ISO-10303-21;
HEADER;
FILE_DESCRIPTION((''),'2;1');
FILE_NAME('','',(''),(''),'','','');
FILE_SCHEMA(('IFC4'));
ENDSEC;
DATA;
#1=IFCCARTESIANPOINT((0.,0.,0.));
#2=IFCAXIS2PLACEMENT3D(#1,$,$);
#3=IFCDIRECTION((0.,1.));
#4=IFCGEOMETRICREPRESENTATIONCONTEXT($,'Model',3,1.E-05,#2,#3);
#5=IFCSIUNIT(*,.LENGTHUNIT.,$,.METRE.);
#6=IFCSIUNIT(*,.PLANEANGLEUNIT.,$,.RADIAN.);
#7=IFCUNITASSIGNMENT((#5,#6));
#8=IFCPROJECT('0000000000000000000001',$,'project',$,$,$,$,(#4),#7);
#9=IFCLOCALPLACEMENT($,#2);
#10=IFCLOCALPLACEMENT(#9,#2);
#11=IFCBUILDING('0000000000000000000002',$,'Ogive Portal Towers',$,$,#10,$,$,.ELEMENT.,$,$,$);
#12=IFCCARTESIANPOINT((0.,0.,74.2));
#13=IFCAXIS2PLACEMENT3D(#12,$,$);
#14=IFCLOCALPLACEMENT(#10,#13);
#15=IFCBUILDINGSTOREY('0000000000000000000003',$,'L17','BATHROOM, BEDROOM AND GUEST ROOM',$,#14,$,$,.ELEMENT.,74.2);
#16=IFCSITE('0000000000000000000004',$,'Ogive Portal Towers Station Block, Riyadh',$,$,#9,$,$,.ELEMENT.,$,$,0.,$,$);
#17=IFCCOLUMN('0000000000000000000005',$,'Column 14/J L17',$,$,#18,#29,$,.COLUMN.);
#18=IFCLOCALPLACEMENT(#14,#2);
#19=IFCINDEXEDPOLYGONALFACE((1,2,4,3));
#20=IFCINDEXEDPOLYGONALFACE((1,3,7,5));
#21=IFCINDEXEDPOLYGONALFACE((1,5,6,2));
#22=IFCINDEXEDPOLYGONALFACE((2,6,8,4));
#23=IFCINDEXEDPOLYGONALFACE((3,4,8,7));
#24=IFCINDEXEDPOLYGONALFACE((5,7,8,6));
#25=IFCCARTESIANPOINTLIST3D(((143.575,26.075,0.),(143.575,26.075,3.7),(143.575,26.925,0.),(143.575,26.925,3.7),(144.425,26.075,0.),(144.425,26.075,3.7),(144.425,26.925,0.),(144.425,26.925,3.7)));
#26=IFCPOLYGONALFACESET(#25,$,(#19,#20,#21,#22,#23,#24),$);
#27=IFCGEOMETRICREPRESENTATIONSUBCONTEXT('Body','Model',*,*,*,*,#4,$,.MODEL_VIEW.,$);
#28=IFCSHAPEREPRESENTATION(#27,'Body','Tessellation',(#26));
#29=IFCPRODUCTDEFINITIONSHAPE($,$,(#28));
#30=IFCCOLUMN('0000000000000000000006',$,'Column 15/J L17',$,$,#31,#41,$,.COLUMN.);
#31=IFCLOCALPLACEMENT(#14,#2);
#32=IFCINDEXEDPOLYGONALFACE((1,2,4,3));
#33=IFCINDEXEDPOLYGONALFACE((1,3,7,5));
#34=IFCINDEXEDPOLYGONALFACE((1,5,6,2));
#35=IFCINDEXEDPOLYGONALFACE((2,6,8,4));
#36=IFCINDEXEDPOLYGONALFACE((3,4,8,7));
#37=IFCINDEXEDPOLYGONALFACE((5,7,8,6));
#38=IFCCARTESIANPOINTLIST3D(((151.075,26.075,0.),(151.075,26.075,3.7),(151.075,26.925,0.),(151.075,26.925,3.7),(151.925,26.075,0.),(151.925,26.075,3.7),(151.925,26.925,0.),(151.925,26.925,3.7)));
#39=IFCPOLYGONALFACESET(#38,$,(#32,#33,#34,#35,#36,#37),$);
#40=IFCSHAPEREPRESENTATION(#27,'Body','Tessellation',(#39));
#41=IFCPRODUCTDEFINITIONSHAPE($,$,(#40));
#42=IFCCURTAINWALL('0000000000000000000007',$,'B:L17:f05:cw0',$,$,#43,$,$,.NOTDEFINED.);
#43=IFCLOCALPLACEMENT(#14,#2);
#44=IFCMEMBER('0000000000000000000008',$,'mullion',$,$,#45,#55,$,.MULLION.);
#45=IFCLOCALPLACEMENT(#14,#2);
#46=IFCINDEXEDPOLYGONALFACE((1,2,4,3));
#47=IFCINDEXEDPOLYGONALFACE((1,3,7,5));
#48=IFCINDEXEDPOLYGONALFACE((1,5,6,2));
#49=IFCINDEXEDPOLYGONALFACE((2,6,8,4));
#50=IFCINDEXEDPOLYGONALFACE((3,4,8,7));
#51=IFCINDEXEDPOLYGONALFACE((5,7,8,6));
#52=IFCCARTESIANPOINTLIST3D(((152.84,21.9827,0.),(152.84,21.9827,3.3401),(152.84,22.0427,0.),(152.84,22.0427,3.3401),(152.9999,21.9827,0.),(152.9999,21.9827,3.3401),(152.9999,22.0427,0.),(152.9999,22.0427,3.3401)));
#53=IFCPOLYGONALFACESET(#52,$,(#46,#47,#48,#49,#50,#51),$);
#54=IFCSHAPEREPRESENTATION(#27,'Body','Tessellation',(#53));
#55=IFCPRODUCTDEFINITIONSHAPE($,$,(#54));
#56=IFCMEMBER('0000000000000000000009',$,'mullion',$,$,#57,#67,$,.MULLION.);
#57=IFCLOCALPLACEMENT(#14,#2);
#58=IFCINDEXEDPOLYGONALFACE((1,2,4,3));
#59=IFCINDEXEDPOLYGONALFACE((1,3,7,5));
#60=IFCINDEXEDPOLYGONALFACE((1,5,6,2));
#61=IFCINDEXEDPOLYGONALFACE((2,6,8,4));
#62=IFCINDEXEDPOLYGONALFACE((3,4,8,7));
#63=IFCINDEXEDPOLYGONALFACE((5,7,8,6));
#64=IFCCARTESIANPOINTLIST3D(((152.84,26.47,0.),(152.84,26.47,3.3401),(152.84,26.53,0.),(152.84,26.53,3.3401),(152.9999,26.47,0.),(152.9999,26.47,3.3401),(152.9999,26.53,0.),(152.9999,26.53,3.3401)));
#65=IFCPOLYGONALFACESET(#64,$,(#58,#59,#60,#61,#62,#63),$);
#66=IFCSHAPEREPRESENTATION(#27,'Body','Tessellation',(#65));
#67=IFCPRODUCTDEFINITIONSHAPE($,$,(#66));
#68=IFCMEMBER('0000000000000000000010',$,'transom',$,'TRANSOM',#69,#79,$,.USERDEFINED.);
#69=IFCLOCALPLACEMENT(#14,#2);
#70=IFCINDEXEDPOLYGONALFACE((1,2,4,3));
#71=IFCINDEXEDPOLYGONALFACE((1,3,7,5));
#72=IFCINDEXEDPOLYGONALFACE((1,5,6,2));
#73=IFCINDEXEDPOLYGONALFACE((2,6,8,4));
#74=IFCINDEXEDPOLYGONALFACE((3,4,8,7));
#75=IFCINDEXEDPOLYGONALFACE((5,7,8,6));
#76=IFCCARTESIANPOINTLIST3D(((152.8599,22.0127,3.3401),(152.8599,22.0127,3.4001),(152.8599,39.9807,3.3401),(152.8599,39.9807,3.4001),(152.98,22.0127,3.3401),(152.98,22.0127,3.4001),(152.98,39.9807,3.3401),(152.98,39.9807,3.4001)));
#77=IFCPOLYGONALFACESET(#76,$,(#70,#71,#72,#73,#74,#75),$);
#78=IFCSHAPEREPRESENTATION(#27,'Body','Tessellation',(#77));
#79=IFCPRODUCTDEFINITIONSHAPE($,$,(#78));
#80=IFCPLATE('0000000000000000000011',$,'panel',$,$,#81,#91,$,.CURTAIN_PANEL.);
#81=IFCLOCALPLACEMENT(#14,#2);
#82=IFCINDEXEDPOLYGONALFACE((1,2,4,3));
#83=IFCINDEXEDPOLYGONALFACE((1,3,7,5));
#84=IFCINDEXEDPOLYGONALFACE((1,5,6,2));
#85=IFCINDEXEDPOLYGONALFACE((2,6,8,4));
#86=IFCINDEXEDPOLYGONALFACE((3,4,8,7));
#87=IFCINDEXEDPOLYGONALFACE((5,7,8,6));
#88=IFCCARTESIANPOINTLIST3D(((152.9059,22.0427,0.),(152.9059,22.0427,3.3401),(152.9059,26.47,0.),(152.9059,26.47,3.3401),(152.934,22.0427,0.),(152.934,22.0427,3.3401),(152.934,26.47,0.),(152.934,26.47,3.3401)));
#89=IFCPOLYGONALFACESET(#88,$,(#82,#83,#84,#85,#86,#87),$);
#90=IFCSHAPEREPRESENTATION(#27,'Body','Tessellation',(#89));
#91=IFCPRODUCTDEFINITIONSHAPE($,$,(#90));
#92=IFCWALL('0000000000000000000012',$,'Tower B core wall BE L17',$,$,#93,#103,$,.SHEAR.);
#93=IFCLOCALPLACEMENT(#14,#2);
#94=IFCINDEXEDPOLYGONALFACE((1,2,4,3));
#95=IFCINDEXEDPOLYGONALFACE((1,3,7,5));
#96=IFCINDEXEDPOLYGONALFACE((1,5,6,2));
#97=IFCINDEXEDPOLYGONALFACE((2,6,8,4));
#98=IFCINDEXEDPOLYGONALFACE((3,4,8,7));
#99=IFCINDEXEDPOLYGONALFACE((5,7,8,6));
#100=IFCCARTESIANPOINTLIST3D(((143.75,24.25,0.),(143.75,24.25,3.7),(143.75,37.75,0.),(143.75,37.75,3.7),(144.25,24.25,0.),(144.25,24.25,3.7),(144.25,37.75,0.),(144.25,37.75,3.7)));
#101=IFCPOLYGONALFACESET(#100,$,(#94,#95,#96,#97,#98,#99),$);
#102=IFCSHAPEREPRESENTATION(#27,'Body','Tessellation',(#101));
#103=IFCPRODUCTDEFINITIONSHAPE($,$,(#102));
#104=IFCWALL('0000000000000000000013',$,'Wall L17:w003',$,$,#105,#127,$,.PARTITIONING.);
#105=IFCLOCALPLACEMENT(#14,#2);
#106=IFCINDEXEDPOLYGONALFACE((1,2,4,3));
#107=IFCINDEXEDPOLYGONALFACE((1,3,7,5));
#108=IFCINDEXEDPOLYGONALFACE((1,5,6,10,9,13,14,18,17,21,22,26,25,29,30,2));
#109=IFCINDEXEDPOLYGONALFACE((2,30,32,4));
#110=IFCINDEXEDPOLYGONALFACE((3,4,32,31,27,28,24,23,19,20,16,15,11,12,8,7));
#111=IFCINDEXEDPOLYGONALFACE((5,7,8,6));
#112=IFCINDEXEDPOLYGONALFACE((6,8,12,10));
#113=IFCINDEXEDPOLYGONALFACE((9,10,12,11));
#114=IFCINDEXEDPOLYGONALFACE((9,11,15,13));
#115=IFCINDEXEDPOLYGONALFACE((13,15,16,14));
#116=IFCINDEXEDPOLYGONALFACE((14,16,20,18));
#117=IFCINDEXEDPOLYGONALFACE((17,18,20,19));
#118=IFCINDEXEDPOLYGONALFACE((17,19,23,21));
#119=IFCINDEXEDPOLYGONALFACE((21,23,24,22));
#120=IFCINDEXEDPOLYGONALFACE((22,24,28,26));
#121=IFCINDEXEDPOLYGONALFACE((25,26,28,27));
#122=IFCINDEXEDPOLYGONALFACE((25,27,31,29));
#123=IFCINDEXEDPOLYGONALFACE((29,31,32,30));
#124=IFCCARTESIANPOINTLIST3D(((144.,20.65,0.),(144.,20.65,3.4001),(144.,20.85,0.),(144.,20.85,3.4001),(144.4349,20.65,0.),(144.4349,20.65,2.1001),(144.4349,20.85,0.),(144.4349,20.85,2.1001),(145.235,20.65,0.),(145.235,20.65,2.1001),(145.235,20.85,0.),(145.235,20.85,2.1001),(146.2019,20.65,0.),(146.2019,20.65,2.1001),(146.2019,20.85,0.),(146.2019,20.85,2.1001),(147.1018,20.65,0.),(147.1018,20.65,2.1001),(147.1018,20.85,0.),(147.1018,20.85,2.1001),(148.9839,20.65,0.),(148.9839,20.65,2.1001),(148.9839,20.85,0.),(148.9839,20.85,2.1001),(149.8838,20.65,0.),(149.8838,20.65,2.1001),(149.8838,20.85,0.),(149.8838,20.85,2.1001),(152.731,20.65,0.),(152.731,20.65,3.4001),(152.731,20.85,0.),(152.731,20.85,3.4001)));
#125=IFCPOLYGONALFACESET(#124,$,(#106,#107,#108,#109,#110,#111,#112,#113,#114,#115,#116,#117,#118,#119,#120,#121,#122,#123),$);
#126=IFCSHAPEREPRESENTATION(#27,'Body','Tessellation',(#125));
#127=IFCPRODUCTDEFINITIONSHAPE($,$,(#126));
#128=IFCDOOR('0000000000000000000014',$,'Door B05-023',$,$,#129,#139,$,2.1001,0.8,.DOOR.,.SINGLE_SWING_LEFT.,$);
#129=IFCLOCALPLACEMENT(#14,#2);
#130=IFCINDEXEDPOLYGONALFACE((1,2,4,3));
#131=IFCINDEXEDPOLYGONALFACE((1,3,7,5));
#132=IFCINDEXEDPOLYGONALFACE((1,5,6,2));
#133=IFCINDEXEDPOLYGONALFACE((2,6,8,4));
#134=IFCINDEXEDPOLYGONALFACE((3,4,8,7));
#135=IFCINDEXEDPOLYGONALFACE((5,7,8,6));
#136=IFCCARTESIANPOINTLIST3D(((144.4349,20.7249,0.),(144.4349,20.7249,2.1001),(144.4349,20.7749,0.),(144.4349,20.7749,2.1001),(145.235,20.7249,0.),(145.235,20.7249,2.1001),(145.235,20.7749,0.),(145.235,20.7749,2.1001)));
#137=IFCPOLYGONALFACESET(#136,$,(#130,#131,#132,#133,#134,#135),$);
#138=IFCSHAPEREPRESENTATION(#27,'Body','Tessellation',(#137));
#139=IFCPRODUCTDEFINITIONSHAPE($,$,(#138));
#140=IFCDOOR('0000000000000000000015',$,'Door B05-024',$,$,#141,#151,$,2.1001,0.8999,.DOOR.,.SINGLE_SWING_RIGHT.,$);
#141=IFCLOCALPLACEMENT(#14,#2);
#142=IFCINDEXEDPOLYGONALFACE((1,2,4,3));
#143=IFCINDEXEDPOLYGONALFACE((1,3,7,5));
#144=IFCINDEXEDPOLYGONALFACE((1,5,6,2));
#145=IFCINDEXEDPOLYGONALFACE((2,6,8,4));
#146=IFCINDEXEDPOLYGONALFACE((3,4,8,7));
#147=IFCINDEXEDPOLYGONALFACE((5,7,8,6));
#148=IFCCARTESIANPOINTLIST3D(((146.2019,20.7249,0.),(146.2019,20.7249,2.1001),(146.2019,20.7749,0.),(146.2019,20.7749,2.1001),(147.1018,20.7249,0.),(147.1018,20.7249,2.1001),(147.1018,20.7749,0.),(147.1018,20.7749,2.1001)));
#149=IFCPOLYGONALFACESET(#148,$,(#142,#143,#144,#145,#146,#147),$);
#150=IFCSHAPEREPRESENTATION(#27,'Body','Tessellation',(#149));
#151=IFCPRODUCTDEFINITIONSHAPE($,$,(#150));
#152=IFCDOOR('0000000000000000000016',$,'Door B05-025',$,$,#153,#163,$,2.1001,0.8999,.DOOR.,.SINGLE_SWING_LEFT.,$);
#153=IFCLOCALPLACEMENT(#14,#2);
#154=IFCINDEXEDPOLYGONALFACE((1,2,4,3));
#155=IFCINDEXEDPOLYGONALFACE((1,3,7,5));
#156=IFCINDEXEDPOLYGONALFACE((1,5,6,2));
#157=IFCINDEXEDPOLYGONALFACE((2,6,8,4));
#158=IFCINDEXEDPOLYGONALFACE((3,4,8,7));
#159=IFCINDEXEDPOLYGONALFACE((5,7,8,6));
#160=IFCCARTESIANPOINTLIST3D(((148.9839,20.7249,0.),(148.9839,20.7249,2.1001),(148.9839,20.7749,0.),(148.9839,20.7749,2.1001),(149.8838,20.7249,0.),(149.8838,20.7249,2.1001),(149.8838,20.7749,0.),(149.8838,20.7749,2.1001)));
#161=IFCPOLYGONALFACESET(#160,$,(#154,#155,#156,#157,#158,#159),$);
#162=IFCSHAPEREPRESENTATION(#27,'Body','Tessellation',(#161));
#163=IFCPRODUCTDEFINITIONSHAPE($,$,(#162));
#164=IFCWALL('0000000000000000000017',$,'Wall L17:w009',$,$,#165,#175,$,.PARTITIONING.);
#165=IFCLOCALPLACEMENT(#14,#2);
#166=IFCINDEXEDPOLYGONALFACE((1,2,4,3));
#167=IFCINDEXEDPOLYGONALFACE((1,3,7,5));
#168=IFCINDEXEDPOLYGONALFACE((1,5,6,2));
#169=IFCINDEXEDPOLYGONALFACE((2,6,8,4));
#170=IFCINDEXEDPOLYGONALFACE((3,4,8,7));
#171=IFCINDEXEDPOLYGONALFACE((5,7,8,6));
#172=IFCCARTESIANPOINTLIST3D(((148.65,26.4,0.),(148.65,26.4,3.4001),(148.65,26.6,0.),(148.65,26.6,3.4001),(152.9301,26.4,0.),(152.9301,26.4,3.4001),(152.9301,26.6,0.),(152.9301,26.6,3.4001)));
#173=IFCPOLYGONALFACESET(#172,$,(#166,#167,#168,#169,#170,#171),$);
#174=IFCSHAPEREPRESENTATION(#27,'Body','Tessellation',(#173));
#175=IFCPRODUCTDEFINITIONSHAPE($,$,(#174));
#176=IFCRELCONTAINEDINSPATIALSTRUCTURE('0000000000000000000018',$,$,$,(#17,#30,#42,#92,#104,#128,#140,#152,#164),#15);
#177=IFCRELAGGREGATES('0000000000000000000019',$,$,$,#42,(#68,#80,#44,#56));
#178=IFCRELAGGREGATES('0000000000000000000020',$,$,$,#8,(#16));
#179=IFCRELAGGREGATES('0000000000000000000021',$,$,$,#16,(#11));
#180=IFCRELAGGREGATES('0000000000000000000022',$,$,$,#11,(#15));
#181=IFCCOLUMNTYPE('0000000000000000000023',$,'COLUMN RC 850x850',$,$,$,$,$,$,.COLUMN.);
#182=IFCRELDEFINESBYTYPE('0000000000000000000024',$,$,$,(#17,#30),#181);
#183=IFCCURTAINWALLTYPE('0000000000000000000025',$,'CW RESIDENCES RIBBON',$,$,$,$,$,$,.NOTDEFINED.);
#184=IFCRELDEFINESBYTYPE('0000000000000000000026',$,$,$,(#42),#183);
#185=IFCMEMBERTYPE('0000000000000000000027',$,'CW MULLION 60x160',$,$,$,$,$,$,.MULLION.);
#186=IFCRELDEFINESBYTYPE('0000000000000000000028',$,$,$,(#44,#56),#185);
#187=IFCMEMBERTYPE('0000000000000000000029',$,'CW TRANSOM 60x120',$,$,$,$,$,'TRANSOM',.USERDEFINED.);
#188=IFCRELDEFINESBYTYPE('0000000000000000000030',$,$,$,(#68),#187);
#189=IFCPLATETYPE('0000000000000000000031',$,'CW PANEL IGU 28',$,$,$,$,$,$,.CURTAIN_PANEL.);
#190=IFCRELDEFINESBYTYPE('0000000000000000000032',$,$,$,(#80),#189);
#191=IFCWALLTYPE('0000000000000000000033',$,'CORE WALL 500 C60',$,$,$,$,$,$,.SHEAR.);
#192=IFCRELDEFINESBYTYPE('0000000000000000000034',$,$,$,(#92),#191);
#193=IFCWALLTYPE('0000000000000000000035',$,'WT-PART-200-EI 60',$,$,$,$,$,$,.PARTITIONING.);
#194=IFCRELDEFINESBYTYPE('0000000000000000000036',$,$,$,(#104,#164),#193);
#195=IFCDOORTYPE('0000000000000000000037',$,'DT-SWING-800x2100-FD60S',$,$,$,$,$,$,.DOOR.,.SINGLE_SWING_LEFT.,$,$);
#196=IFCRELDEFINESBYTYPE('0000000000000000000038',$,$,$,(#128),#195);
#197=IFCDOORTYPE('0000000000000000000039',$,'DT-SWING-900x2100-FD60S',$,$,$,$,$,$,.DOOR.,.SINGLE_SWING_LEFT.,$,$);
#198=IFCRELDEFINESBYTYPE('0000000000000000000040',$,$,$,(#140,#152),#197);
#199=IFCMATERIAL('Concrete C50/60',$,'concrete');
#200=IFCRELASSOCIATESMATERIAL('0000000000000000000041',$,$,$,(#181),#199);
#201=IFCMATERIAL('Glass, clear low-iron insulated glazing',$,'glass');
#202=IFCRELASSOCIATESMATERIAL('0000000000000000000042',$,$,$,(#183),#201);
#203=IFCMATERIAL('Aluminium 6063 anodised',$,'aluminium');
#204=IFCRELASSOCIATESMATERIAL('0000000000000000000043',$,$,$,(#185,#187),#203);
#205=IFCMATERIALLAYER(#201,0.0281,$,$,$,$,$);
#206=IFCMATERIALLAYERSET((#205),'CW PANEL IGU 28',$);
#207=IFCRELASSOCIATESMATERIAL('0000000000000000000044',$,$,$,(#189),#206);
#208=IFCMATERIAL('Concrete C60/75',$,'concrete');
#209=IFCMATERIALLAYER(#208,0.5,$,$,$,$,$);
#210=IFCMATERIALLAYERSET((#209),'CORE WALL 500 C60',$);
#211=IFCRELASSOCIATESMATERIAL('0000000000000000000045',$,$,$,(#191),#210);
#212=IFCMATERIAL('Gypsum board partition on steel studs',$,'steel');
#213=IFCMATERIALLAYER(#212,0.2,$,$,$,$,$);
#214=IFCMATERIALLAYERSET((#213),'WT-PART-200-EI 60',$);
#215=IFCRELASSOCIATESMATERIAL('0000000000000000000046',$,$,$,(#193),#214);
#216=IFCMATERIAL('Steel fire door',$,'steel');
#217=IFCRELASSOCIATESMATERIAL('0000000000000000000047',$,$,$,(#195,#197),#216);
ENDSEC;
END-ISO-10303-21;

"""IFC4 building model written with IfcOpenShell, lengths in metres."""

from ifc_helpers import new_model, si_unit, direction, frame, frame_2d, origin, origin_2d, place, context, subcontext, project, spatial, rectangle, extrude, material, layer, layer_set, material_profile, profile_set, type_object, element, fill, aggregate, save


model = new_model("IFC4")

# Units and contexts
model_context = context("Model", 3, precision=1e-05, world=origin(), true_north=direction((0.0, 1.0)))
body_context = subcontext(model_context, "Body", "Model", "MODEL_VIEW")
ifc_project = project(units=[si_unit("LENGTHUNIT", "METRE"), si_unit("PLANEANGLEUNIT", "RADIAN")], contexts=[model_context])

# Site, building, storey
site_placement = place(None, origin())
site = spatial("IfcSite", under=ifc_project, at=site_placement, Name="Ogive Portal Towers Station Block, Riyadh", CompositionType="ELEMENT", RefElevation=0.0)
building_placement = place(site_placement, origin())
building = spatial("IfcBuilding", under=site, at=building_placement, Name="Ogive Portal Towers", CompositionType="ELEMENT")
storey_placement = place(building_placement, frame((0.0, 0.0, 74.2)))
storey = spatial("IfcBuildingStorey", under=building, at=storey_placement, Name="L17", Description="BATHROOM, BEDROOM AND GUEST ROOM", CompositionType="ELEMENT", Elevation=74.2)

# Columns
ifc_material_1 = material(Name="Concrete C50/60", Category="concrete")
ifc_material_profile_1 = material_profile(ifc_material_1, rectangle(XDim=0.8501, YDim=0.8501, at=origin_2d()), Name="RC 850x850")
ifc_profile_set_1 = profile_set([ifc_material_profile_1], Name="Concrete C50/60")
column_type = type_object("IfcColumnType", Name="COLUMN RC 850x850", PredefinedType="COLUMN", material=ifc_profile_set_1)
for number, where, z_axis, x_axis, name in (
    (1, (144.0, 26.5, 0.0), (0.0, 0.0, 1.0), (1.0, 0.0, 0.0), "Column 14/J L17"),
    (2, (151.5, 26.5, 0.0), (0.0, 0.0, 1.0), (1.0, 0.0, 0.0), "Column 15/J L17"),
):
    element("IfcColumn", number, at=place(storey_placement, frame(where, z_axis=z_axis, x_axis=x_axis)), inside=storey, type_object=column_type, Name=name, PredefinedType="COLUMN", context=body_context, shape_type="SweptSolid", body=[
        extrude(rectangle(XDim=0.8501, YDim=0.8501, at=origin_2d()), origin(), (0.0, 0.0, 1.0), 3.7),
    ])

# Curtain wall, members, plate
ifc_material_2 = material(Name="Glass, clear low-iron insulated glazing", Category="glass")
curtain_wall_type = type_object("IfcCurtainWallType", Name="CW RESIDENCES RIBBON", PredefinedType="NOTDEFINED", material=ifc_material_2)
curtain_wall_placement = place(storey_placement, origin())
curtain_wall = element("IfcCurtainWall", 3, at=curtain_wall_placement, inside=storey, type_object=curtain_wall_type, Name="B:L17:f05:cw0", PredefinedType="NOTDEFINED")
ifc_material_3 = material(Name="Aluminium 6063 anodised", Category="aluminium")
ifc_material_profile_2 = material_profile(ifc_material_3, rectangle(XDim=0.1599, YDim=0.0601, at=origin_2d()), Name="AL 60x160")
ifc_profile_set_2 = profile_set([ifc_material_profile_2], Name="Aluminium 6063 anodised")
member_type_1 = type_object("IfcMemberType", Name="CW MULLION 60x160", PredefinedType="MULLION", material=ifc_profile_set_2)
member_1_placement = place(storey_placement, frame((152.9199, 22.0127, 0.0), z_axis=(0.0, 0.0, 1.0), x_axis=(-1.0, 0.0, 0.0)))
member_1 = element("IfcMember", 4, at=member_1_placement, type_object=member_type_1, Name="mullion", PredefinedType="MULLION", context=body_context, shape_type="SweptSolid", body=[
    extrude(rectangle(XDim=0.1599, YDim=0.0601, at=origin_2d()), origin(), (0.0, 0.0, 1.0), 3.3401),
])
member_2_placement = place(storey_placement, frame((152.9199, 26.5, 0.0), z_axis=(0.0, 0.0, 1.0), x_axis=(-1.0, 0.0, 0.0)))
member_2 = element("IfcMember", 5, at=member_2_placement, type_object=member_type_1, Name="mullion", PredefinedType="MULLION", context=body_context, shape_type="SweptSolid", body=[
    extrude(rectangle(XDim=0.1599, YDim=0.0601, at=origin_2d()), origin(), (0.0, 0.0, 1.0), 3.3401),
])
ifc_material_profile_3 = material_profile(ifc_material_3, rectangle(XDim=0.1201, YDim=0.0601, at=origin_2d()), Name="AL 120x60")
ifc_profile_set_3 = profile_set([ifc_material_profile_3], Name="Aluminium 6063 anodised")
member_type_2 = type_object("IfcMemberType", Name="CW TRANSOM 60x120", ElementType="TRANSOM", PredefinedType="USERDEFINED", material=ifc_profile_set_3)
member_3_placement = place(storey_placement, frame((152.9199, 22.0127, 3.3701), z_axis=(0.0, 1.0, 0.0), x_axis=(-1.0, 0.0, 0.0)))
member_3 = element("IfcMember", 6, at=member_3_placement, type_object=member_type_2, Name="transom", ObjectType="TRANSOM", PredefinedType="USERDEFINED", context=body_context, shape_type="SweptSolid", body=[
    extrude(rectangle(XDim=0.1201, YDim=0.0601, at=origin_2d()), origin(), (0.0, 0.0, 1.0), 17.968),
])
ifc_layer_1 = layer(ifc_material_2, 0.0281)
ifc_layer_set_1 = layer_set([ifc_layer_1], Name="CW PANEL IGU 28")
plate_type = type_object("IfcPlateType", Name="CW PANEL IGU 28", PredefinedType="CURTAIN_PANEL", material=ifc_layer_set_1)
plate_placement = place(storey_placement, frame((152.9199, 24.2563, 0.0), z_axis=(0.0, 0.0, 1.0), x_axis=(0.0, 1.0, 0.0)))
plate = element("IfcPlate", 7, at=plate_placement, type_object=plate_type, Name="panel", PredefinedType="CURTAIN_PANEL", context=body_context, shape_type="SweptSolid", body=[
    extrude(rectangle(XDim=4.4272, YDim=0.0281, at=origin_2d()), origin(), (0.0, 0.0, 1.0), 3.3401),
])
aggregate(curtain_wall, [member_3, plate, member_1, member_2])

# Wall
ifc_material_4 = material(Name="Concrete C60/75", Category="concrete")
ifc_layer_2 = layer(ifc_material_4, 0.5)
ifc_layer_set_2 = layer_set([ifc_layer_2], Name="CORE WALL 500 C60")
wall_type_1 = type_object("IfcWallType", Name="CORE WALL 500 C60", PredefinedType="SHEAR", material=ifc_layer_set_2)
wall_1_placement = place(storey_placement, frame((144.0, 24.25, 0.0), z_axis=(0.0, 0.0, 1.0), x_axis=(0.0, 1.0, 0.0)))
element("IfcWall", 8, at=wall_1_placement, inside=storey, type_object=wall_type_1, Name="Tower B core wall BE L17", PredefinedType="SHEAR", context=body_context, shape_type="SweptSolid", body=[
    extrude(rectangle(XDim=13.5, YDim=0.5, at=frame_2d((6.75, 0.0))), origin(), (0.0, 0.0, 1.0), 3.7),
])

# Wall, openings, doors
ifc_material_5 = material(Name="Gypsum board partition on steel studs", Category="steel")
ifc_layer_3 = layer(ifc_material_5, 0.2)
ifc_layer_set_3 = layer_set([ifc_layer_3], Name="WT-PART-200-EI 60")
wall_type_2 = type_object("IfcWallType", Name="WT-PART-200-EI 60", PredefinedType="PARTITIONING", material=ifc_layer_set_3)
wall_2_placement = place(storey_placement, frame((144.0, 20.75, 0.0), z_axis=(0.0, 0.0, 1.0), x_axis=(1.0, 0.0, 0.0)))
wall_2 = element("IfcWall", 9, at=wall_2_placement, inside=storey, type_object=wall_type_2, Name="Wall L17:w003", PredefinedType="PARTITIONING", context=body_context, shape_type="SweptSolid", body=[
    extrude(rectangle(XDim=8.731, YDim=0.2, at=frame_2d((4.3655, 0.0))), origin(), (0.0, 0.0, 1.0), 3.4001),
])
opening_1_placement = place(wall_2_placement, frame((0.4351, 0.0, 0.0)))
opening_1 = element("IfcOpeningElement", 10, at=opening_1_placement, cuts=wall_2, PredefinedType="OPENING", context=body_context, shape_type="SweptSolid", body=[
    extrude(rectangle(XDim=0.8, YDim=2.1001, at=frame_2d((0.3999, 1.05))), frame((0.0, 0.1099, 0.0), z_axis=(0.0, -1.0, 0.0), x_axis=(1.0, 0.0, 0.0)), (0.0, 0.0, 1.0), 0.22),
])
opening_2_placement = place(wall_2_placement, frame((2.2019, 0.0, 0.0)))
opening_2 = element("IfcOpeningElement", 11, at=opening_2_placement, cuts=wall_2, PredefinedType="OPENING", context=body_context, shape_type="SweptSolid", body=[
    extrude(rectangle(XDim=0.8999, YDim=2.1001, at=frame_2d((0.45, 1.05))), frame((0.0, 0.1099, 0.0), z_axis=(0.0, -1.0, 0.0), x_axis=(1.0, 0.0, 0.0)), (0.0, 0.0, 1.0), 0.22),
])
opening_3_placement = place(wall_2_placement, frame((4.9839, 0.0, 0.0)))
opening_3 = element("IfcOpeningElement", 12, at=opening_3_placement, cuts=wall_2, PredefinedType="OPENING", context=body_context, shape_type="SweptSolid", body=[
    extrude(rectangle(XDim=0.8999, YDim=2.1001, at=frame_2d((0.45, 1.05))), frame((0.0, 0.1099, 0.0), z_axis=(0.0, -1.0, 0.0), x_axis=(1.0, 0.0, 0.0)), (0.0, 0.0, 1.0), 0.22),
])
ifc_material_6 = material(Name="Steel fire door", Category="steel")
door_type_1 = type_object("IfcDoorType", Name="DT-SWING-800x2100-FD60S", OperationType="SINGLE_SWING_LEFT", PredefinedType="DOOR", material=ifc_material_6)
door_1_placement = place(opening_1_placement, origin())
door_1 = element("IfcDoor", 13, at=door_1_placement, inside=storey, type_object=door_type_1, Name="Door B05-023", OperationType="SINGLE_SWING_LEFT", OverallHeight=2.1001, OverallWidth=0.8, PredefinedType="DOOR", context=body_context, shape_type="SweptSolid", body=[
    extrude(rectangle(XDim=0.8, YDim=2.1001, at=frame_2d((0.3999, 1.05))), frame((0.0, 0.0249, 0.0), z_axis=(0.0, -1.0, 0.0), x_axis=(1.0, 0.0, 0.0)), (0.0, 0.0, 1.0), 0.05),
])
fill(opening_1, door_1)
door_type_2 = type_object("IfcDoorType", Name="DT-SWING-900x2100-FD60S", OperationType="SINGLE_SWING_LEFT", PredefinedType="DOOR", material=ifc_material_6)
door_2_placement = place(opening_2_placement, origin())
door_2 = element("IfcDoor", 14, at=door_2_placement, inside=storey, type_object=door_type_2, Name="Door B05-024", OperationType="SINGLE_SWING_RIGHT", OverallHeight=2.1001, OverallWidth=0.8999, PredefinedType="DOOR", context=body_context, shape_type="SweptSolid", body=[
    extrude(rectangle(XDim=0.8999, YDim=2.1001, at=frame_2d((0.45, 1.05))), frame((0.0, 0.0249, 0.0), z_axis=(0.0, -1.0, 0.0), x_axis=(1.0, 0.0, 0.0)), (0.0, 0.0, 1.0), 0.05),
])
fill(opening_2, door_2)
door_3_placement = place(opening_3_placement, origin())
door_3 = element("IfcDoor", 15, at=door_3_placement, inside=storey, type_object=door_type_2, Name="Door B05-025", OperationType="SINGLE_SWING_LEFT", OverallHeight=2.1001, OverallWidth=0.8999, PredefinedType="DOOR", context=body_context, shape_type="SweptSolid", body=[
    extrude(rectangle(XDim=0.8999, YDim=2.1001, at=frame_2d((0.45, 1.05))), frame((0.0, 0.0249, 0.0), z_axis=(0.0, -1.0, 0.0), x_axis=(1.0, 0.0, 0.0)), (0.0, 0.0, 1.0), 0.05),
])
fill(opening_3, door_3)

# Wall
wall_3_placement = place(storey_placement, frame((148.6499, 26.5, 0.0), z_axis=(0.0, 0.0, 1.0), x_axis=(1.0, 0.0, 0.0)))
element("IfcWall", 16, at=wall_3_placement, inside=storey, type_object=wall_type_2, Name="Wall L17:w009", PredefinedType="PARTITIONING", context=body_context, shape_type="SweptSolid", body=[
    extrude(rectangle(XDim=4.28, YDim=0.2, at=frame_2d((2.1401, 0.0))), origin(), (0.0, 0.0, 1.0), 3.4001),
])

save(model, "model.ifc")
